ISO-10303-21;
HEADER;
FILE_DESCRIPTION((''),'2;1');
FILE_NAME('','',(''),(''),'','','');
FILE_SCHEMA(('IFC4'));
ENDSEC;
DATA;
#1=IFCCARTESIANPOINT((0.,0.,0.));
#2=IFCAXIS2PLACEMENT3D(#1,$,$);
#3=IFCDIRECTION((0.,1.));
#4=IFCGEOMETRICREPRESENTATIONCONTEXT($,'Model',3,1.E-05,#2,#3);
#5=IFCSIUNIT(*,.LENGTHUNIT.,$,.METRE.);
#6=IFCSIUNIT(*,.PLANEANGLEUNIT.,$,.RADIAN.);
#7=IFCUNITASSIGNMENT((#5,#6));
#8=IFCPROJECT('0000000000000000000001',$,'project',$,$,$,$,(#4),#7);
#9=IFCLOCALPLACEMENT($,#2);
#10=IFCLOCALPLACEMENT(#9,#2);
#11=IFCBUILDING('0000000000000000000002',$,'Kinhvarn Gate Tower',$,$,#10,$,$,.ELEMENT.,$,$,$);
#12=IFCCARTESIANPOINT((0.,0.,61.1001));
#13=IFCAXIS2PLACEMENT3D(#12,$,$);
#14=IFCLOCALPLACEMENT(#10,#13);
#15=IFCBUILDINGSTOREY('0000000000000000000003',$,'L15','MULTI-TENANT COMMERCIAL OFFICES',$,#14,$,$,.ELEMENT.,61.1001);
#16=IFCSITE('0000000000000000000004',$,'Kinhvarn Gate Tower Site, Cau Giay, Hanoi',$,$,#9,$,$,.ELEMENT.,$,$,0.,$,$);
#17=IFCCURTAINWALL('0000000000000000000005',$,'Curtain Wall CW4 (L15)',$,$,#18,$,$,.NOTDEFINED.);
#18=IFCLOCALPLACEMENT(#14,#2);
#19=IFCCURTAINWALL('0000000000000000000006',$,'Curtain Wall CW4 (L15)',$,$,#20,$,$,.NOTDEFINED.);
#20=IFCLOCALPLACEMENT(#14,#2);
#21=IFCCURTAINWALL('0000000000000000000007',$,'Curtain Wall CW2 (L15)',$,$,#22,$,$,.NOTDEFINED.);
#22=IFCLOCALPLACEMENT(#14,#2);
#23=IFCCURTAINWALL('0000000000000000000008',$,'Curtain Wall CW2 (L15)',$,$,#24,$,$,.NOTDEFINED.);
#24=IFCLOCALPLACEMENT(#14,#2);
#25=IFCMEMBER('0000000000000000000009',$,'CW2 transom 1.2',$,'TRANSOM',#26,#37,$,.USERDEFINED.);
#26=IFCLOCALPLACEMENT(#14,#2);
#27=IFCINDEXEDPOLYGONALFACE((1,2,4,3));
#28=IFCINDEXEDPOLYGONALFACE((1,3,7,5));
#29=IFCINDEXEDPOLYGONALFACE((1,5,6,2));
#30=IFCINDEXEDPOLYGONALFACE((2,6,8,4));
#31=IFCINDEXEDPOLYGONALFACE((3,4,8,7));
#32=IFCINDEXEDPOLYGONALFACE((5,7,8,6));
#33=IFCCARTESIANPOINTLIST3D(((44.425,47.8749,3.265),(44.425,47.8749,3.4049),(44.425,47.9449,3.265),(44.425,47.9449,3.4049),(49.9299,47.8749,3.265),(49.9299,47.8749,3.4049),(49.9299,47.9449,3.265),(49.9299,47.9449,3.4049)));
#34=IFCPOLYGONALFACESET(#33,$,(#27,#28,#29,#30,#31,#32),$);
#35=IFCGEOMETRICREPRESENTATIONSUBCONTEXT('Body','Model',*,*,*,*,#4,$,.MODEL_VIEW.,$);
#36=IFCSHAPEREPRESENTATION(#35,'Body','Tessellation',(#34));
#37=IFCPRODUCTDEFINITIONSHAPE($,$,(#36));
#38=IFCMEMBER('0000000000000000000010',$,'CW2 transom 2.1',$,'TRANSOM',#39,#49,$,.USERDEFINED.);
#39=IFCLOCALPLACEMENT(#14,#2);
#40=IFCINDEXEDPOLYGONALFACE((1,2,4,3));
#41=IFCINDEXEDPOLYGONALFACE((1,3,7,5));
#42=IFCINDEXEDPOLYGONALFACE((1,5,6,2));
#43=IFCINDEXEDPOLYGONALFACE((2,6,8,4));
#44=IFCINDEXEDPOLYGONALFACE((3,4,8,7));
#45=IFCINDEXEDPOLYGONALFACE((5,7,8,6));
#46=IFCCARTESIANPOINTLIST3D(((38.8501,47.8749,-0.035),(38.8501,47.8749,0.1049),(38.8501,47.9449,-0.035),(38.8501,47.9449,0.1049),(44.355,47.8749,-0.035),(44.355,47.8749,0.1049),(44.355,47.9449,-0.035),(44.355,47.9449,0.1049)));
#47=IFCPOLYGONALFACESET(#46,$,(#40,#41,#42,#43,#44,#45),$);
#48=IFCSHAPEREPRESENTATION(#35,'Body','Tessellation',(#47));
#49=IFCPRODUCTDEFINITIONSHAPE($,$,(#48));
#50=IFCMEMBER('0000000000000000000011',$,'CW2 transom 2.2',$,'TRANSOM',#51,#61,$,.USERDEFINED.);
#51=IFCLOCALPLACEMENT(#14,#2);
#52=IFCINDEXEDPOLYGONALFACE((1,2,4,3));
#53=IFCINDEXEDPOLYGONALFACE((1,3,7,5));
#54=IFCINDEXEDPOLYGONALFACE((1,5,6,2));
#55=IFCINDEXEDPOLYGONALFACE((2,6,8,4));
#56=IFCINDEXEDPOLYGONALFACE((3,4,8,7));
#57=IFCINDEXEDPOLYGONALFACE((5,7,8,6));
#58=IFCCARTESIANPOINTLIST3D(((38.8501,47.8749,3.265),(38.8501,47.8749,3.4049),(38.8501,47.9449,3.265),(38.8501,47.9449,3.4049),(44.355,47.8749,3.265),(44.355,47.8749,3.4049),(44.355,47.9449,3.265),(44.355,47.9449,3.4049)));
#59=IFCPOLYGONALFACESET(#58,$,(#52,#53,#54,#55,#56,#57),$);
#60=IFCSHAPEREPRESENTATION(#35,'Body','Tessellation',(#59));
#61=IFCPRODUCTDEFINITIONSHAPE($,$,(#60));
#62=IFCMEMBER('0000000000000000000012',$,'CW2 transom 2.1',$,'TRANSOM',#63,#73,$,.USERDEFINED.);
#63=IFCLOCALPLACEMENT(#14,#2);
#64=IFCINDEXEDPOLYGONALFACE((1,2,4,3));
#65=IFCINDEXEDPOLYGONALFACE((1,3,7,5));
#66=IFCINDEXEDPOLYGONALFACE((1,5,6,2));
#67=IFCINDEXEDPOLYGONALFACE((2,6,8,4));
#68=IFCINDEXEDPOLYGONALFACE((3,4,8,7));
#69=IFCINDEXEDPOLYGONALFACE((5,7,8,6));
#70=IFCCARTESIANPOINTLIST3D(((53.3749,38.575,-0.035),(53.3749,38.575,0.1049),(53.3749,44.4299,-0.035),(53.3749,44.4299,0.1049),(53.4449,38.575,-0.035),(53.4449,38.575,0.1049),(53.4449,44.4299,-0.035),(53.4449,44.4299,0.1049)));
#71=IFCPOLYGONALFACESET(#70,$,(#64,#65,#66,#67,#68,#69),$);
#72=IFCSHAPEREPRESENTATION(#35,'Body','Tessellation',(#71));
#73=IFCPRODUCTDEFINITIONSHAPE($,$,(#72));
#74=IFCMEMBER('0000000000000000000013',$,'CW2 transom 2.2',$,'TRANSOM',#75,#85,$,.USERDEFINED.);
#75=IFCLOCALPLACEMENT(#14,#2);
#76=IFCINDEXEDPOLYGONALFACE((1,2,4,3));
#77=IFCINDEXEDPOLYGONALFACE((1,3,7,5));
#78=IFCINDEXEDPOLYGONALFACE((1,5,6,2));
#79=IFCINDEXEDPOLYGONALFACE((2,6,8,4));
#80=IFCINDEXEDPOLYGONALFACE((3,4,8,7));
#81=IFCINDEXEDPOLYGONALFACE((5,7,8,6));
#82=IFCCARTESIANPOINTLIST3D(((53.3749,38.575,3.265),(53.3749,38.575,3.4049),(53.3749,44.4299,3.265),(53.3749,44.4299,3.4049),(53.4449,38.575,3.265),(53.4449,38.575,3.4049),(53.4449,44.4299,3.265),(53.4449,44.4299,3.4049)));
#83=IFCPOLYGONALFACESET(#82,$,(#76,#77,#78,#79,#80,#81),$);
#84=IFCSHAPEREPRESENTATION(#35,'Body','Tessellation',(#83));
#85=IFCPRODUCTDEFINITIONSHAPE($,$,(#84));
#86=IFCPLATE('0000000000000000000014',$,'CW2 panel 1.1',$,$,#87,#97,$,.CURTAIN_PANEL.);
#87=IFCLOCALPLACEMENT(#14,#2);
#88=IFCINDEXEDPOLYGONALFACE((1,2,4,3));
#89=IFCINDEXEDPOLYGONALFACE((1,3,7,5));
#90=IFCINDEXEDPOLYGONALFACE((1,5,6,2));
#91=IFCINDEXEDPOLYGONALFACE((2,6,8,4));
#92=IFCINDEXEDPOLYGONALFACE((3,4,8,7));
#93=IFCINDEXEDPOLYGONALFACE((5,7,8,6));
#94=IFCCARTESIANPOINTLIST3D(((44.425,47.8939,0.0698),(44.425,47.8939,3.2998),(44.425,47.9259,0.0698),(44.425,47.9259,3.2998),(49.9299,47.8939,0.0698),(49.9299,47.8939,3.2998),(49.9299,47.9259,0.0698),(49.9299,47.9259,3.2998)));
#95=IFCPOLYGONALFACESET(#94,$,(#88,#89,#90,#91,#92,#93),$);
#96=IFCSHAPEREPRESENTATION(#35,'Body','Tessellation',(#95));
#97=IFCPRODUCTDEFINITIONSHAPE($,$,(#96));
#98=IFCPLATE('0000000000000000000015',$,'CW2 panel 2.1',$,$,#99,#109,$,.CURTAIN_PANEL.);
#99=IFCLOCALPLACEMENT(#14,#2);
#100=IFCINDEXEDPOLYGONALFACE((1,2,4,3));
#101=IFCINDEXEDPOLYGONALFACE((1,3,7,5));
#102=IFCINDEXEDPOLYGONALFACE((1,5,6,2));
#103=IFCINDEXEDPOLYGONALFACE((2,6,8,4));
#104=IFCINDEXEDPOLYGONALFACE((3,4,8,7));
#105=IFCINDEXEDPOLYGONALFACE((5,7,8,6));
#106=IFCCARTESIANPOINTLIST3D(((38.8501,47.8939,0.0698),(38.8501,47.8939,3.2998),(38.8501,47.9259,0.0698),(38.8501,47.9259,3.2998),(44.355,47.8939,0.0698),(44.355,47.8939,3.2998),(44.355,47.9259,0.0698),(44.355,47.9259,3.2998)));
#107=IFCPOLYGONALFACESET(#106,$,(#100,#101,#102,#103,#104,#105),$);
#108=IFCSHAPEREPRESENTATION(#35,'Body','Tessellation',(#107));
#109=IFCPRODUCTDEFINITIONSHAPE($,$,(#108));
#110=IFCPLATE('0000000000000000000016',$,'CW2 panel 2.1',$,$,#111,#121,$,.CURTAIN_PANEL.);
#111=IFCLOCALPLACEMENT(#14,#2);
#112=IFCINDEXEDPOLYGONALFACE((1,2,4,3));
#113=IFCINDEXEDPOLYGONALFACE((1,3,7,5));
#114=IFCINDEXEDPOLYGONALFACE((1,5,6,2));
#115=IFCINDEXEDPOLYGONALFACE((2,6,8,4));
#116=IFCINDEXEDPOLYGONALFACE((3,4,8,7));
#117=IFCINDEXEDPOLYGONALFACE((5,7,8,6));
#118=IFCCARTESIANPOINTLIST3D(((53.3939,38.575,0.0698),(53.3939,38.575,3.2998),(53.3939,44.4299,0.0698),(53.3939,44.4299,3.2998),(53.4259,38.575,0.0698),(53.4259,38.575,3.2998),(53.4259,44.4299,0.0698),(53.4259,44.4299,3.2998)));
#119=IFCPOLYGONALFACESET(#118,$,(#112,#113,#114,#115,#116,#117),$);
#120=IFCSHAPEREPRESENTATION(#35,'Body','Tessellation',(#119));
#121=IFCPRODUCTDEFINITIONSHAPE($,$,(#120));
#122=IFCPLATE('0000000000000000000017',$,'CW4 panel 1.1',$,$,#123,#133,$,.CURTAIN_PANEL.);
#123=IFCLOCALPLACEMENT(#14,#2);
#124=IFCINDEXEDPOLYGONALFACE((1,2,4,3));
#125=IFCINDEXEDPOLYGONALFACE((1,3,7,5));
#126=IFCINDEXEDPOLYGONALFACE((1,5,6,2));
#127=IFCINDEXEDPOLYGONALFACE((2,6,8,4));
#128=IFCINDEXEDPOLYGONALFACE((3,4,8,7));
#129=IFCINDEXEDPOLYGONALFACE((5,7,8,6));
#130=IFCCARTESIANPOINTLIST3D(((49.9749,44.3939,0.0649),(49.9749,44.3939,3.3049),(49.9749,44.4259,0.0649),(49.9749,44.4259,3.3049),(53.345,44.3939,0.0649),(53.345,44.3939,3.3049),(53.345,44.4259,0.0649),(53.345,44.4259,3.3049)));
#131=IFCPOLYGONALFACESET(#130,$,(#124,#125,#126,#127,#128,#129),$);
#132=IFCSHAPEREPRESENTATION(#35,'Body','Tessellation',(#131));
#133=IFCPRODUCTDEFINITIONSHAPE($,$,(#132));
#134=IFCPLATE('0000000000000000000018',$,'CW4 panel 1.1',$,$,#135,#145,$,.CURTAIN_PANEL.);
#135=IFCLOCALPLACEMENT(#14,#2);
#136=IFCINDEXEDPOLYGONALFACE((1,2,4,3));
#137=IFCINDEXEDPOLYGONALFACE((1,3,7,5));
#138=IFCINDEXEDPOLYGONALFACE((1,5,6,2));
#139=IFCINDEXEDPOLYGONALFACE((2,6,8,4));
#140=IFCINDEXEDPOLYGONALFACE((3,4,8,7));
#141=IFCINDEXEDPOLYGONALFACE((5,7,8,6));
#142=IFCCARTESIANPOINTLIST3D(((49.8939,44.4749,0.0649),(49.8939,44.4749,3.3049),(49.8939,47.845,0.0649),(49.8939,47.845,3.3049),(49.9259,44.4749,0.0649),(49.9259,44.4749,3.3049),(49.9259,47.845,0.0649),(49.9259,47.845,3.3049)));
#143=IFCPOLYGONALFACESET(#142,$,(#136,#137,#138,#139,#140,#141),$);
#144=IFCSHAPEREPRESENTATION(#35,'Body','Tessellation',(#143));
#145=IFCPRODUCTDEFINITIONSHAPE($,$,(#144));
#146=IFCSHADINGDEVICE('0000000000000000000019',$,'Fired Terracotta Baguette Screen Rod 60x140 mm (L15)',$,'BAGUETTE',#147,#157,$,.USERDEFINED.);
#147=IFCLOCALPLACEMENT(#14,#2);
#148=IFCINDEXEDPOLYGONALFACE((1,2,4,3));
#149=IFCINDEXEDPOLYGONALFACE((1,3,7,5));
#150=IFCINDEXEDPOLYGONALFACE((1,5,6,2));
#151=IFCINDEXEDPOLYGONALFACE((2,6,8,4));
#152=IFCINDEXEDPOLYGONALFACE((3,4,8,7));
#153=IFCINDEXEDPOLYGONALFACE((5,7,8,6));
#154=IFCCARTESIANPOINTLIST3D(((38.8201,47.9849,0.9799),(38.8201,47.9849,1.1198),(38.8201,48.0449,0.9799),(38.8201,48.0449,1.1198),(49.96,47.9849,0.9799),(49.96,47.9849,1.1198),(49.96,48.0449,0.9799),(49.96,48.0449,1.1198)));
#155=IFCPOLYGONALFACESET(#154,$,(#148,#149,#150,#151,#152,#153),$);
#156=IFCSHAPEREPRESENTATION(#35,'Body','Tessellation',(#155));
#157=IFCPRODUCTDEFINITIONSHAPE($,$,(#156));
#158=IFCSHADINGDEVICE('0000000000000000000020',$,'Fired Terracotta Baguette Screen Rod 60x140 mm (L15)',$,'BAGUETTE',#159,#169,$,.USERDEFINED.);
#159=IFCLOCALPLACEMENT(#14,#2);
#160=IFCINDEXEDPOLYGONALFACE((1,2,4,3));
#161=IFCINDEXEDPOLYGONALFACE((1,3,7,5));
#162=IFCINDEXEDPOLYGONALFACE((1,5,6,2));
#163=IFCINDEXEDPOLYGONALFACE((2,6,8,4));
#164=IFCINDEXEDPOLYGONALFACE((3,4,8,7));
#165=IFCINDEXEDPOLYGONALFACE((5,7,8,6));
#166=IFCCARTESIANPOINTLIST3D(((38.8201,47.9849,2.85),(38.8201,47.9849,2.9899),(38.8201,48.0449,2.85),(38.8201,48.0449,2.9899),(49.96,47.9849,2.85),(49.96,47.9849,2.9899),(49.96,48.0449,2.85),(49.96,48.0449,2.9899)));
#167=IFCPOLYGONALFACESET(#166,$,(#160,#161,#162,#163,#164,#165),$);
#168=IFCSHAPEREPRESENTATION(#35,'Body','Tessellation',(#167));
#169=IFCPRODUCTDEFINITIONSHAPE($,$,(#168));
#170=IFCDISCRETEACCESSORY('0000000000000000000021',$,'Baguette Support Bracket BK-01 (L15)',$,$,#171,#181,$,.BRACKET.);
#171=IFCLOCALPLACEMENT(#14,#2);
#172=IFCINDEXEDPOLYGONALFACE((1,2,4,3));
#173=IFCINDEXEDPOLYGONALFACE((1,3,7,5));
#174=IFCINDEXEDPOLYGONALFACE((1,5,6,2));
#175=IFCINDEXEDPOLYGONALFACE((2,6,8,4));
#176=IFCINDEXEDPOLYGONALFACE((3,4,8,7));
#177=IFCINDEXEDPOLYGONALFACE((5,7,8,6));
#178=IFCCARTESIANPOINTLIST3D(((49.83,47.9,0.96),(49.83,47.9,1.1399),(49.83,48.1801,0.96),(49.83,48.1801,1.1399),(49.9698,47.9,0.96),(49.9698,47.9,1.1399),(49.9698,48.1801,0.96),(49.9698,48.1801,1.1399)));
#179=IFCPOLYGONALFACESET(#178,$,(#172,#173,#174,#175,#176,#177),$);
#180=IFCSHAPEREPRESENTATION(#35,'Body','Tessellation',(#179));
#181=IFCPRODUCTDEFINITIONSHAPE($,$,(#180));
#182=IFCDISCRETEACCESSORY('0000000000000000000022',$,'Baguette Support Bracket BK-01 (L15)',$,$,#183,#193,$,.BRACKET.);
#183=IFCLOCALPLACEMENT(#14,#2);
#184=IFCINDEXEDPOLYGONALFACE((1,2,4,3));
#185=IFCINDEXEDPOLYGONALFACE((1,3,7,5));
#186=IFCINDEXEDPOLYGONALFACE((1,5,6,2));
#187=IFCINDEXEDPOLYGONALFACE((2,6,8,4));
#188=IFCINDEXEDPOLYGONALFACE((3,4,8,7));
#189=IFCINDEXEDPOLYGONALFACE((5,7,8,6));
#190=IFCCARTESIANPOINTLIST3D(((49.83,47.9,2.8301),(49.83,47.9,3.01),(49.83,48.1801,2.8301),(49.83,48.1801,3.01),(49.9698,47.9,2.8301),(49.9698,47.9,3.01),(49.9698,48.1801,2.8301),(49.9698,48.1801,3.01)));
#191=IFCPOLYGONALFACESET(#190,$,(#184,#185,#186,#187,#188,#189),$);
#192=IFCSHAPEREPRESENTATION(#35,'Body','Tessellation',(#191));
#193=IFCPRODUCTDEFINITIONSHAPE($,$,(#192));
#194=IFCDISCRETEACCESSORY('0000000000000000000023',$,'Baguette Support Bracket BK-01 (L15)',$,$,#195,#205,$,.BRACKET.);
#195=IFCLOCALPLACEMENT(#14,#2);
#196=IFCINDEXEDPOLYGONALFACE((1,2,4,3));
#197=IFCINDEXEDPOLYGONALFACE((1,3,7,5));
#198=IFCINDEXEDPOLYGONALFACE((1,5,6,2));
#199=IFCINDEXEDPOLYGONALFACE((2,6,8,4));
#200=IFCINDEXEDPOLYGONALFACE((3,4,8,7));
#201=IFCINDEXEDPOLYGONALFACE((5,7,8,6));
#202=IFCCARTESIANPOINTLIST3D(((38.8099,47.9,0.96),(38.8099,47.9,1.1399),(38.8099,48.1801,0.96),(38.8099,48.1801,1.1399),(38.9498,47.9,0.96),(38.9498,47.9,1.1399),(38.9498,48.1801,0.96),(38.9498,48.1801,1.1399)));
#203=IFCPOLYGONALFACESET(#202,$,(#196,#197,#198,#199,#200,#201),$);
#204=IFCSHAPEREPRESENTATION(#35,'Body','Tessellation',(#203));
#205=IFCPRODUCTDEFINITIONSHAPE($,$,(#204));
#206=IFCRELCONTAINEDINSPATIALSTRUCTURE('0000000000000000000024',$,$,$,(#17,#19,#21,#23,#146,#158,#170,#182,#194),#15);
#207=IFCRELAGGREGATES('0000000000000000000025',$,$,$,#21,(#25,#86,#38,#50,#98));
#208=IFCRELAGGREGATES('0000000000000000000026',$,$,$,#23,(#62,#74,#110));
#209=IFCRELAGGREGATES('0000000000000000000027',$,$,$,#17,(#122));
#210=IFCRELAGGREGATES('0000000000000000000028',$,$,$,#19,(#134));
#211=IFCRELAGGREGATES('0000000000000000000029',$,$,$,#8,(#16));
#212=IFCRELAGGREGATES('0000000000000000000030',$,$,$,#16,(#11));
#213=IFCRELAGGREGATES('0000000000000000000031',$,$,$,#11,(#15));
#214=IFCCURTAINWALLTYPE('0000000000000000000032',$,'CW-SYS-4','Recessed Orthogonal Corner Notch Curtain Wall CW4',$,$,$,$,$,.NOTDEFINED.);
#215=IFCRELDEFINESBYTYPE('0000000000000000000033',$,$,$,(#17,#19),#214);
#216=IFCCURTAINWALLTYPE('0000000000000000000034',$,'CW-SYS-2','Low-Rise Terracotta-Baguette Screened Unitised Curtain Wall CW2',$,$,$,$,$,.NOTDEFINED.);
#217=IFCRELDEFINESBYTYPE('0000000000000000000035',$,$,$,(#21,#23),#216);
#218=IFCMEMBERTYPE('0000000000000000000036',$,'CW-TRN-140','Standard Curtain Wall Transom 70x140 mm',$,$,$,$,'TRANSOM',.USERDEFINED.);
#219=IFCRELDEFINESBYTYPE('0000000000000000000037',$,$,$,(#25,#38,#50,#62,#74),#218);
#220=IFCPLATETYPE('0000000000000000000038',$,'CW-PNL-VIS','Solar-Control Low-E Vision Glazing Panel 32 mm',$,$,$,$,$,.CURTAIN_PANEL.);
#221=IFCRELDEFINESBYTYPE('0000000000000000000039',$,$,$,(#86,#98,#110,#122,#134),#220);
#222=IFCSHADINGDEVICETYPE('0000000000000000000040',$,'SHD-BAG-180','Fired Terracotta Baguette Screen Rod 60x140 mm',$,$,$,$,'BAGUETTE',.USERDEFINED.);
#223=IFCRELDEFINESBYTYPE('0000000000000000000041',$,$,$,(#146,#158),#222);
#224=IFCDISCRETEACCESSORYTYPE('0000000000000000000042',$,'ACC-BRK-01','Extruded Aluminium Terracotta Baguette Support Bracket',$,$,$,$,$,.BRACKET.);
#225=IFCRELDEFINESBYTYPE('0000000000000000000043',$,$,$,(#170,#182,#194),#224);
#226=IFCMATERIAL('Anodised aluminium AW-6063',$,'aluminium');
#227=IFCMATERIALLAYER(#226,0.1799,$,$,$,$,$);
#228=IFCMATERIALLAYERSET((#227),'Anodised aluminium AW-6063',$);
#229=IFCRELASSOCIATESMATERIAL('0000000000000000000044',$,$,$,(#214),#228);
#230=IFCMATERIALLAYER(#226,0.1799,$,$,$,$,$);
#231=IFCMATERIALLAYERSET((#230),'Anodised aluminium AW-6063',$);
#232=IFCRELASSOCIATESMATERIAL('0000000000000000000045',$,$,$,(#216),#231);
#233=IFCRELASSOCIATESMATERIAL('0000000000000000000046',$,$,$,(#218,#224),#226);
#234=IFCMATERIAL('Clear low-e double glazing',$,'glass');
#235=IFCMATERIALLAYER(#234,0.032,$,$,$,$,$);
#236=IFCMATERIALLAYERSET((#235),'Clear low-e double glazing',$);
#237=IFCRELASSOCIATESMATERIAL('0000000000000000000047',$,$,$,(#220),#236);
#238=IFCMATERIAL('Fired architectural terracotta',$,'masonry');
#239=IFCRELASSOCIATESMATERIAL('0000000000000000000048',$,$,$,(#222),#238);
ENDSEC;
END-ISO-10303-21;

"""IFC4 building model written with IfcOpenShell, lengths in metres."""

from ifc_helpers import new_model, si_unit, direction, frame, origin, origin_2d, place, context, subcontext, project, spatial, rectangle, extrude, material, layer, layer_set, material_profile, profile_set, type_object, element, aggregate, save


model = new_model("IFC4")

# Units and contexts
model_context = context("Model", 3, precision=1e-05, world=origin(), true_north=direction((0.0, 1.0)))
body_context = subcontext(model_context, "Body", "Model", "MODEL_VIEW")
ifc_project = project(units=[si_unit("LENGTHUNIT", "METRE"), si_unit("PLANEANGLEUNIT", "RADIAN")], contexts=[model_context])

# Site, building, storey
site_placement = place(None, origin())
site = spatial("IfcSite", under=ifc_project, at=site_placement, Name="Kinhvarn Gate Tower Site, Cau Giay, Hanoi", CompositionType="ELEMENT", RefElevation=0.0)
building_placement = place(site_placement, origin())
building = spatial("IfcBuilding", under=site, at=building_placement, Name="Kinhvarn Gate Tower", CompositionType="ELEMENT")
storey_placement = place(building_placement, frame((0.0, 0.0, 61.1001)))
storey = spatial("IfcBuildingStorey", under=building, at=storey_placement, Name="L15", Description="MULTI-TENANT COMMERCIAL OFFICES", CompositionType="ELEMENT", Elevation=61.1001)

# Curtain walls
ifc_material_1 = material(Name="Anodised aluminium AW-6063", Category="aluminium")
ifc_layer_1 = layer(ifc_material_1, 0.1799)
ifc_layer_set_1 = layer_set([ifc_layer_1], Name="Anodised aluminium AW-6063")
curtain_wall_type_1 = type_object("IfcCurtainWallType", Name="CW-SYS-4", Description="Recessed Orthogonal Corner Notch Curtain Wall CW4", PredefinedType="NOTDEFINED", material=ifc_layer_set_1)
curtain_wall_1_placement = place(storey_placement, origin())
curtain_wall_1 = element("IfcCurtainWall", 1, at=curtain_wall_1_placement, inside=storey, type_object=curtain_wall_type_1, Name="Curtain Wall CW4 (L15)", PredefinedType="NOTDEFINED")
curtain_wall_2_placement = place(storey_placement, origin())
curtain_wall_2 = element("IfcCurtainWall", 2, at=curtain_wall_2_placement, inside=storey, type_object=curtain_wall_type_1, Name="Curtain Wall CW4 (L15)", PredefinedType="NOTDEFINED")
ifc_layer_2 = layer(ifc_material_1, 0.1799)
ifc_layer_set_2 = layer_set([ifc_layer_2], Name="Anodised aluminium AW-6063")
curtain_wall_type_2 = type_object("IfcCurtainWallType", Name="CW-SYS-2", Description="Low-Rise Terracotta-Baguette Screened Unitised Curtain Wall CW2", PredefinedType="NOTDEFINED", material=ifc_layer_set_2)
curtain_wall_3_placement = place(storey_placement, origin())
curtain_wall_3 = element("IfcCurtainWall", 3, at=curtain_wall_3_placement, inside=storey, type_object=curtain_wall_type_2, Name="Curtain Wall CW2 (L15)", PredefinedType="NOTDEFINED")

# Curtain wall
curtain_wall_4_placement = place(storey_placement, origin())
curtain_wall_4 = element("IfcCurtainWall", 4, at=curtain_wall_4_placement, inside=storey, type_object=curtain_wall_type_2, Name="Curtain Wall CW2 (L15)", PredefinedType="NOTDEFINED")

# Members
ifc_material_profile_1 = material_profile(ifc_material_1, rectangle(XDim=0.0701, YDim=0.1399, at=origin_2d()), Name="ALU 70x140")
ifc_profile_set_1 = profile_set([ifc_material_profile_1], Name="Anodised aluminium AW-6063")
member_type_1 = type_object("IfcMemberType", Name="CW-TRN-140", Description="Standard Curtain Wall Transom 70x140 mm", ElementType="TRANSOM", PredefinedType="USERDEFINED", material=ifc_profile_set_1)
member_1_placement = place(storey_placement, frame((49.9299, 47.9099, 3.335), z_axis=(-1.0, 0.0, 0.0), x_axis=(0.0, -1.0, 0.0)))
member_1 = element("IfcMember", 5, at=member_1_placement, type_object=member_type_1, Name="CW2 transom 1.2", ObjectType="TRANSOM", PredefinedType="USERDEFINED", context=body_context, shape_type="SweptSolid", body=[
    extrude(rectangle(XDim=0.0701, YDim=0.1399, at=origin_2d()), origin(), (0.0, 0.0, 1.0), 5.5049),
])
member_2_placement = place(storey_placement, frame((44.355, 47.9099, 0.0349), z_axis=(-1.0, 0.0, 0.0), x_axis=(0.0, -1.0, 0.0)))
member_2 = element("IfcMember", 6, at=member_2_placement, type_object=member_type_1, Name="CW2 transom 2.1", ObjectType="TRANSOM", PredefinedType="USERDEFINED", context=body_context, shape_type="SweptSolid", body=[
    extrude(rectangle(XDim=0.0701, YDim=0.1399, at=origin_2d()), origin(), (0.0, 0.0, 1.0), 5.5049),
])
member_3_placement = place(storey_placement, frame((44.355, 47.9099, 3.335), z_axis=(-1.0, 0.0, 0.0), x_axis=(0.0, -1.0, 0.0)))
member_3 = element("IfcMember", 7, at=member_3_placement, type_object=member_type_1, Name="CW2 transom 2.2", ObjectType="TRANSOM", PredefinedType="USERDEFINED", context=body_context, shape_type="SweptSolid", body=[
    extrude(rectangle(XDim=0.0701, YDim=0.1399, at=origin_2d()), origin(), (0.0, 0.0, 1.0), 5.5049),
])
member_4_placement = place(storey_placement, frame((53.4099, 38.575, 0.0349), z_axis=(0.0, 1.0, 0.0), x_axis=(-1.0, 0.0, 0.0)))
member_4 = element("IfcMember", 8, at=member_4_placement, type_object=member_type_1, Name="CW2 transom 2.1", ObjectType="TRANSOM", PredefinedType="USERDEFINED", context=body_context, shape_type="SweptSolid", body=[
    extrude(rectangle(XDim=0.0701, YDim=0.1399, at=origin_2d()), origin(), (0.0, 0.0, 1.0), 5.855),
])
member_5_placement = place(storey_placement, frame((53.4099, 38.575, 3.335), z_axis=(0.0, 1.0, 0.0), x_axis=(-1.0, 0.0, 0.0)))
member_5 = element("IfcMember", 9, at=member_5_placement, type_object=member_type_1, Name="CW2 transom 2.2", ObjectType="TRANSOM", PredefinedType="USERDEFINED", context=body_context, shape_type="SweptSolid", body=[
    extrude(rectangle(XDim=0.0701, YDim=0.1399, at=origin_2d()), origin(), (0.0, 0.0, 1.0), 5.855),
])

# Plates
ifc_material_2 = material(Name="Clear low-e double glazing", Category="glass")
ifc_layer_3 = layer(ifc_material_2, 0.032)
ifc_layer_set_3 = layer_set([ifc_layer_3], Name="Clear low-e double glazing")
plate_type = type_object("IfcPlateType", Name="CW-PNL-VIS", Description="Solar-Control Low-E Vision Glazing Panel 32 mm", PredefinedType="CURTAIN_PANEL", material=ifc_layer_set_3)
plate_1_placement = place(storey_placement, frame((47.1775, 47.9099, 0.0698), z_axis=(0.0, 0.0, 1.0), x_axis=(-1.0, 0.0, 0.0)))
plate_1 = element("IfcPlate", 10, at=plate_1_placement, type_object=plate_type, Name="CW2 panel 1.1", PredefinedType="CURTAIN_PANEL", context=body_context, shape_type="SweptSolid", body=[
    extrude(rectangle(XDim=5.5049, YDim=0.032, at=origin_2d()), origin(), (0.0, 0.0, 1.0), 3.23),
])
plate_2_placement = place(storey_placement, frame((41.6025, 47.9099, 0.0698), z_axis=(0.0, 0.0, 1.0), x_axis=(-1.0, 0.0, 0.0)))
plate_2 = element("IfcPlate", 11, at=plate_2_placement, type_object=plate_type, Name="CW2 panel 2.1", PredefinedType="CURTAIN_PANEL", context=body_context, shape_type="SweptSolid", body=[
    extrude(rectangle(XDim=5.5049, YDim=0.032, at=origin_2d()), origin(), (0.0, 0.0, 1.0), 3.23),
])
aggregate(curtain_wall_3, [member_1, plate_1, member_2, member_3, plate_2])
plate_3_placement = place(storey_placement, frame((53.4099, 41.5024, 0.0698), z_axis=(0.0, 0.0, 1.0), x_axis=(0.0, 1.0, 0.0)))
plate_3 = element("IfcPlate", 12, at=plate_3_placement, type_object=plate_type, Name="CW2 panel 2.1", PredefinedType="CURTAIN_PANEL", context=body_context, shape_type="SweptSolid", body=[
    extrude(rectangle(XDim=5.855, YDim=0.032, at=origin_2d()), origin(), (0.0, 0.0, 1.0), 3.23),
])
aggregate(curtain_wall_4, [member_4, member_5, plate_3])
plate_4_placement = place(storey_placement, frame((51.6599, 44.4099, 0.0649), z_axis=(0.0, 0.0, 1.0), x_axis=(-1.0, 0.0, 0.0)))
plate_4 = element("IfcPlate", 13, at=plate_4_placement, type_object=plate_type, Name="CW4 panel 1.1", PredefinedType="CURTAIN_PANEL", context=body_context, shape_type="SweptSolid", body=[
    extrude(rectangle(XDim=3.3701, YDim=0.032, at=origin_2d()), origin(), (0.0, 0.0, 1.0), 3.24),
])
aggregate(curtain_wall_1, [plate_4])
plate_5_placement = place(storey_placement, frame((49.9099, 46.1599, 0.0649), z_axis=(0.0, 0.0, 1.0), x_axis=(0.0, 1.0, 0.0)))
plate_5 = element("IfcPlate", 14, at=plate_5_placement, type_object=plate_type, Name="CW4 panel 1.1", PredefinedType="CURTAIN_PANEL", context=body_context, shape_type="SweptSolid", body=[
    extrude(rectangle(XDim=3.3701, YDim=0.032, at=origin_2d()), origin(), (0.0, 0.0, 1.0), 3.24),
])
aggregate(curtain_wall_2, [plate_5])

# Shading devices
ifc_material_3 = material(Name="Fired architectural terracotta", Category="masonry")
ifc_material_profile_2 = material_profile(ifc_material_3, rectangle(XDim=0.0601, YDim=0.1399, at=origin_2d()), Name="TC 60x140")
ifc_profile_set_2 = profile_set([ifc_material_profile_2], Name="Fired architectural terracotta")
shading_device_type = type_object("IfcShadingDeviceType", Name="SHD-BAG-180", Description="Fired Terracotta Baguette Screen Rod 60x140 mm", ElementType="BAGUETTE", PredefinedType="USERDEFINED", material=ifc_profile_set_2)
for number, where, z_axis, x_axis, name in (
    (15, (49.96, 48.0149, 1.0498), (-1.0, 0.0, 0.0), (0.0, -1.0, 0.0), "Fired Terracotta Baguette Screen Rod 60x140 mm (L15)"),
    (16, (49.96, 48.0149, 2.9199), (-1.0, 0.0, 0.0), (0.0, -1.0, 0.0), "Fired Terracotta Baguette Screen Rod 60x140 mm (L15)"),
):
    element("IfcShadingDevice", number, at=place(storey_placement, frame(where, z_axis=z_axis, x_axis=x_axis)), inside=storey, type_object=shading_device_type, Name=name, ObjectType="BAGUETTE", PredefinedType="USERDEFINED", context=body_context, shape_type="SweptSolid", body=[
        extrude(rectangle(XDim=0.0601, YDim=0.1399, at=origin_2d()), origin(), (0.0, 0.0, 1.0), 11.1399),
    ])

# Discrete accessories
discrete_accessory_type = type_object("IfcDiscreteAccessoryType", Name="ACC-BRK-01", Description="Extruded Aluminium Terracotta Baguette Support Bracket", PredefinedType="BRACKET", material=ifc_material_1)
for number, where, z_axis, x_axis, name in (
    (17, (49.8999, 48.04, 0.96), (0.0, 0.0, 1.0), (-1.0, 0.0, 0.0), "Baguette Support Bracket BK-01 (L15)"),
    (18, (49.8999, 48.04, 2.8301), (0.0, 0.0, 1.0), (-1.0, 0.0, 0.0), "Baguette Support Bracket BK-01 (L15)"),
    (19, (38.8799, 48.04, 0.96), (0.0, 0.0, 1.0), (-1.0, 0.0, 0.0), "Baguette Support Bracket BK-01 (L15)"),
):
    element("IfcDiscreteAccessory", number, at=place(storey_placement, frame(where, z_axis=z_axis, x_axis=x_axis)), inside=storey, type_object=discrete_accessory_type, Name=name, PredefinedType="BRACKET", context=body_context, shape_type="SweptSolid", body=[
        extrude(rectangle(XDim=0.1399, YDim=0.28, at=origin_2d()), origin(), (0.0, 0.0, 1.0), 0.1799),
    ])

save(model, "model.ifc")
